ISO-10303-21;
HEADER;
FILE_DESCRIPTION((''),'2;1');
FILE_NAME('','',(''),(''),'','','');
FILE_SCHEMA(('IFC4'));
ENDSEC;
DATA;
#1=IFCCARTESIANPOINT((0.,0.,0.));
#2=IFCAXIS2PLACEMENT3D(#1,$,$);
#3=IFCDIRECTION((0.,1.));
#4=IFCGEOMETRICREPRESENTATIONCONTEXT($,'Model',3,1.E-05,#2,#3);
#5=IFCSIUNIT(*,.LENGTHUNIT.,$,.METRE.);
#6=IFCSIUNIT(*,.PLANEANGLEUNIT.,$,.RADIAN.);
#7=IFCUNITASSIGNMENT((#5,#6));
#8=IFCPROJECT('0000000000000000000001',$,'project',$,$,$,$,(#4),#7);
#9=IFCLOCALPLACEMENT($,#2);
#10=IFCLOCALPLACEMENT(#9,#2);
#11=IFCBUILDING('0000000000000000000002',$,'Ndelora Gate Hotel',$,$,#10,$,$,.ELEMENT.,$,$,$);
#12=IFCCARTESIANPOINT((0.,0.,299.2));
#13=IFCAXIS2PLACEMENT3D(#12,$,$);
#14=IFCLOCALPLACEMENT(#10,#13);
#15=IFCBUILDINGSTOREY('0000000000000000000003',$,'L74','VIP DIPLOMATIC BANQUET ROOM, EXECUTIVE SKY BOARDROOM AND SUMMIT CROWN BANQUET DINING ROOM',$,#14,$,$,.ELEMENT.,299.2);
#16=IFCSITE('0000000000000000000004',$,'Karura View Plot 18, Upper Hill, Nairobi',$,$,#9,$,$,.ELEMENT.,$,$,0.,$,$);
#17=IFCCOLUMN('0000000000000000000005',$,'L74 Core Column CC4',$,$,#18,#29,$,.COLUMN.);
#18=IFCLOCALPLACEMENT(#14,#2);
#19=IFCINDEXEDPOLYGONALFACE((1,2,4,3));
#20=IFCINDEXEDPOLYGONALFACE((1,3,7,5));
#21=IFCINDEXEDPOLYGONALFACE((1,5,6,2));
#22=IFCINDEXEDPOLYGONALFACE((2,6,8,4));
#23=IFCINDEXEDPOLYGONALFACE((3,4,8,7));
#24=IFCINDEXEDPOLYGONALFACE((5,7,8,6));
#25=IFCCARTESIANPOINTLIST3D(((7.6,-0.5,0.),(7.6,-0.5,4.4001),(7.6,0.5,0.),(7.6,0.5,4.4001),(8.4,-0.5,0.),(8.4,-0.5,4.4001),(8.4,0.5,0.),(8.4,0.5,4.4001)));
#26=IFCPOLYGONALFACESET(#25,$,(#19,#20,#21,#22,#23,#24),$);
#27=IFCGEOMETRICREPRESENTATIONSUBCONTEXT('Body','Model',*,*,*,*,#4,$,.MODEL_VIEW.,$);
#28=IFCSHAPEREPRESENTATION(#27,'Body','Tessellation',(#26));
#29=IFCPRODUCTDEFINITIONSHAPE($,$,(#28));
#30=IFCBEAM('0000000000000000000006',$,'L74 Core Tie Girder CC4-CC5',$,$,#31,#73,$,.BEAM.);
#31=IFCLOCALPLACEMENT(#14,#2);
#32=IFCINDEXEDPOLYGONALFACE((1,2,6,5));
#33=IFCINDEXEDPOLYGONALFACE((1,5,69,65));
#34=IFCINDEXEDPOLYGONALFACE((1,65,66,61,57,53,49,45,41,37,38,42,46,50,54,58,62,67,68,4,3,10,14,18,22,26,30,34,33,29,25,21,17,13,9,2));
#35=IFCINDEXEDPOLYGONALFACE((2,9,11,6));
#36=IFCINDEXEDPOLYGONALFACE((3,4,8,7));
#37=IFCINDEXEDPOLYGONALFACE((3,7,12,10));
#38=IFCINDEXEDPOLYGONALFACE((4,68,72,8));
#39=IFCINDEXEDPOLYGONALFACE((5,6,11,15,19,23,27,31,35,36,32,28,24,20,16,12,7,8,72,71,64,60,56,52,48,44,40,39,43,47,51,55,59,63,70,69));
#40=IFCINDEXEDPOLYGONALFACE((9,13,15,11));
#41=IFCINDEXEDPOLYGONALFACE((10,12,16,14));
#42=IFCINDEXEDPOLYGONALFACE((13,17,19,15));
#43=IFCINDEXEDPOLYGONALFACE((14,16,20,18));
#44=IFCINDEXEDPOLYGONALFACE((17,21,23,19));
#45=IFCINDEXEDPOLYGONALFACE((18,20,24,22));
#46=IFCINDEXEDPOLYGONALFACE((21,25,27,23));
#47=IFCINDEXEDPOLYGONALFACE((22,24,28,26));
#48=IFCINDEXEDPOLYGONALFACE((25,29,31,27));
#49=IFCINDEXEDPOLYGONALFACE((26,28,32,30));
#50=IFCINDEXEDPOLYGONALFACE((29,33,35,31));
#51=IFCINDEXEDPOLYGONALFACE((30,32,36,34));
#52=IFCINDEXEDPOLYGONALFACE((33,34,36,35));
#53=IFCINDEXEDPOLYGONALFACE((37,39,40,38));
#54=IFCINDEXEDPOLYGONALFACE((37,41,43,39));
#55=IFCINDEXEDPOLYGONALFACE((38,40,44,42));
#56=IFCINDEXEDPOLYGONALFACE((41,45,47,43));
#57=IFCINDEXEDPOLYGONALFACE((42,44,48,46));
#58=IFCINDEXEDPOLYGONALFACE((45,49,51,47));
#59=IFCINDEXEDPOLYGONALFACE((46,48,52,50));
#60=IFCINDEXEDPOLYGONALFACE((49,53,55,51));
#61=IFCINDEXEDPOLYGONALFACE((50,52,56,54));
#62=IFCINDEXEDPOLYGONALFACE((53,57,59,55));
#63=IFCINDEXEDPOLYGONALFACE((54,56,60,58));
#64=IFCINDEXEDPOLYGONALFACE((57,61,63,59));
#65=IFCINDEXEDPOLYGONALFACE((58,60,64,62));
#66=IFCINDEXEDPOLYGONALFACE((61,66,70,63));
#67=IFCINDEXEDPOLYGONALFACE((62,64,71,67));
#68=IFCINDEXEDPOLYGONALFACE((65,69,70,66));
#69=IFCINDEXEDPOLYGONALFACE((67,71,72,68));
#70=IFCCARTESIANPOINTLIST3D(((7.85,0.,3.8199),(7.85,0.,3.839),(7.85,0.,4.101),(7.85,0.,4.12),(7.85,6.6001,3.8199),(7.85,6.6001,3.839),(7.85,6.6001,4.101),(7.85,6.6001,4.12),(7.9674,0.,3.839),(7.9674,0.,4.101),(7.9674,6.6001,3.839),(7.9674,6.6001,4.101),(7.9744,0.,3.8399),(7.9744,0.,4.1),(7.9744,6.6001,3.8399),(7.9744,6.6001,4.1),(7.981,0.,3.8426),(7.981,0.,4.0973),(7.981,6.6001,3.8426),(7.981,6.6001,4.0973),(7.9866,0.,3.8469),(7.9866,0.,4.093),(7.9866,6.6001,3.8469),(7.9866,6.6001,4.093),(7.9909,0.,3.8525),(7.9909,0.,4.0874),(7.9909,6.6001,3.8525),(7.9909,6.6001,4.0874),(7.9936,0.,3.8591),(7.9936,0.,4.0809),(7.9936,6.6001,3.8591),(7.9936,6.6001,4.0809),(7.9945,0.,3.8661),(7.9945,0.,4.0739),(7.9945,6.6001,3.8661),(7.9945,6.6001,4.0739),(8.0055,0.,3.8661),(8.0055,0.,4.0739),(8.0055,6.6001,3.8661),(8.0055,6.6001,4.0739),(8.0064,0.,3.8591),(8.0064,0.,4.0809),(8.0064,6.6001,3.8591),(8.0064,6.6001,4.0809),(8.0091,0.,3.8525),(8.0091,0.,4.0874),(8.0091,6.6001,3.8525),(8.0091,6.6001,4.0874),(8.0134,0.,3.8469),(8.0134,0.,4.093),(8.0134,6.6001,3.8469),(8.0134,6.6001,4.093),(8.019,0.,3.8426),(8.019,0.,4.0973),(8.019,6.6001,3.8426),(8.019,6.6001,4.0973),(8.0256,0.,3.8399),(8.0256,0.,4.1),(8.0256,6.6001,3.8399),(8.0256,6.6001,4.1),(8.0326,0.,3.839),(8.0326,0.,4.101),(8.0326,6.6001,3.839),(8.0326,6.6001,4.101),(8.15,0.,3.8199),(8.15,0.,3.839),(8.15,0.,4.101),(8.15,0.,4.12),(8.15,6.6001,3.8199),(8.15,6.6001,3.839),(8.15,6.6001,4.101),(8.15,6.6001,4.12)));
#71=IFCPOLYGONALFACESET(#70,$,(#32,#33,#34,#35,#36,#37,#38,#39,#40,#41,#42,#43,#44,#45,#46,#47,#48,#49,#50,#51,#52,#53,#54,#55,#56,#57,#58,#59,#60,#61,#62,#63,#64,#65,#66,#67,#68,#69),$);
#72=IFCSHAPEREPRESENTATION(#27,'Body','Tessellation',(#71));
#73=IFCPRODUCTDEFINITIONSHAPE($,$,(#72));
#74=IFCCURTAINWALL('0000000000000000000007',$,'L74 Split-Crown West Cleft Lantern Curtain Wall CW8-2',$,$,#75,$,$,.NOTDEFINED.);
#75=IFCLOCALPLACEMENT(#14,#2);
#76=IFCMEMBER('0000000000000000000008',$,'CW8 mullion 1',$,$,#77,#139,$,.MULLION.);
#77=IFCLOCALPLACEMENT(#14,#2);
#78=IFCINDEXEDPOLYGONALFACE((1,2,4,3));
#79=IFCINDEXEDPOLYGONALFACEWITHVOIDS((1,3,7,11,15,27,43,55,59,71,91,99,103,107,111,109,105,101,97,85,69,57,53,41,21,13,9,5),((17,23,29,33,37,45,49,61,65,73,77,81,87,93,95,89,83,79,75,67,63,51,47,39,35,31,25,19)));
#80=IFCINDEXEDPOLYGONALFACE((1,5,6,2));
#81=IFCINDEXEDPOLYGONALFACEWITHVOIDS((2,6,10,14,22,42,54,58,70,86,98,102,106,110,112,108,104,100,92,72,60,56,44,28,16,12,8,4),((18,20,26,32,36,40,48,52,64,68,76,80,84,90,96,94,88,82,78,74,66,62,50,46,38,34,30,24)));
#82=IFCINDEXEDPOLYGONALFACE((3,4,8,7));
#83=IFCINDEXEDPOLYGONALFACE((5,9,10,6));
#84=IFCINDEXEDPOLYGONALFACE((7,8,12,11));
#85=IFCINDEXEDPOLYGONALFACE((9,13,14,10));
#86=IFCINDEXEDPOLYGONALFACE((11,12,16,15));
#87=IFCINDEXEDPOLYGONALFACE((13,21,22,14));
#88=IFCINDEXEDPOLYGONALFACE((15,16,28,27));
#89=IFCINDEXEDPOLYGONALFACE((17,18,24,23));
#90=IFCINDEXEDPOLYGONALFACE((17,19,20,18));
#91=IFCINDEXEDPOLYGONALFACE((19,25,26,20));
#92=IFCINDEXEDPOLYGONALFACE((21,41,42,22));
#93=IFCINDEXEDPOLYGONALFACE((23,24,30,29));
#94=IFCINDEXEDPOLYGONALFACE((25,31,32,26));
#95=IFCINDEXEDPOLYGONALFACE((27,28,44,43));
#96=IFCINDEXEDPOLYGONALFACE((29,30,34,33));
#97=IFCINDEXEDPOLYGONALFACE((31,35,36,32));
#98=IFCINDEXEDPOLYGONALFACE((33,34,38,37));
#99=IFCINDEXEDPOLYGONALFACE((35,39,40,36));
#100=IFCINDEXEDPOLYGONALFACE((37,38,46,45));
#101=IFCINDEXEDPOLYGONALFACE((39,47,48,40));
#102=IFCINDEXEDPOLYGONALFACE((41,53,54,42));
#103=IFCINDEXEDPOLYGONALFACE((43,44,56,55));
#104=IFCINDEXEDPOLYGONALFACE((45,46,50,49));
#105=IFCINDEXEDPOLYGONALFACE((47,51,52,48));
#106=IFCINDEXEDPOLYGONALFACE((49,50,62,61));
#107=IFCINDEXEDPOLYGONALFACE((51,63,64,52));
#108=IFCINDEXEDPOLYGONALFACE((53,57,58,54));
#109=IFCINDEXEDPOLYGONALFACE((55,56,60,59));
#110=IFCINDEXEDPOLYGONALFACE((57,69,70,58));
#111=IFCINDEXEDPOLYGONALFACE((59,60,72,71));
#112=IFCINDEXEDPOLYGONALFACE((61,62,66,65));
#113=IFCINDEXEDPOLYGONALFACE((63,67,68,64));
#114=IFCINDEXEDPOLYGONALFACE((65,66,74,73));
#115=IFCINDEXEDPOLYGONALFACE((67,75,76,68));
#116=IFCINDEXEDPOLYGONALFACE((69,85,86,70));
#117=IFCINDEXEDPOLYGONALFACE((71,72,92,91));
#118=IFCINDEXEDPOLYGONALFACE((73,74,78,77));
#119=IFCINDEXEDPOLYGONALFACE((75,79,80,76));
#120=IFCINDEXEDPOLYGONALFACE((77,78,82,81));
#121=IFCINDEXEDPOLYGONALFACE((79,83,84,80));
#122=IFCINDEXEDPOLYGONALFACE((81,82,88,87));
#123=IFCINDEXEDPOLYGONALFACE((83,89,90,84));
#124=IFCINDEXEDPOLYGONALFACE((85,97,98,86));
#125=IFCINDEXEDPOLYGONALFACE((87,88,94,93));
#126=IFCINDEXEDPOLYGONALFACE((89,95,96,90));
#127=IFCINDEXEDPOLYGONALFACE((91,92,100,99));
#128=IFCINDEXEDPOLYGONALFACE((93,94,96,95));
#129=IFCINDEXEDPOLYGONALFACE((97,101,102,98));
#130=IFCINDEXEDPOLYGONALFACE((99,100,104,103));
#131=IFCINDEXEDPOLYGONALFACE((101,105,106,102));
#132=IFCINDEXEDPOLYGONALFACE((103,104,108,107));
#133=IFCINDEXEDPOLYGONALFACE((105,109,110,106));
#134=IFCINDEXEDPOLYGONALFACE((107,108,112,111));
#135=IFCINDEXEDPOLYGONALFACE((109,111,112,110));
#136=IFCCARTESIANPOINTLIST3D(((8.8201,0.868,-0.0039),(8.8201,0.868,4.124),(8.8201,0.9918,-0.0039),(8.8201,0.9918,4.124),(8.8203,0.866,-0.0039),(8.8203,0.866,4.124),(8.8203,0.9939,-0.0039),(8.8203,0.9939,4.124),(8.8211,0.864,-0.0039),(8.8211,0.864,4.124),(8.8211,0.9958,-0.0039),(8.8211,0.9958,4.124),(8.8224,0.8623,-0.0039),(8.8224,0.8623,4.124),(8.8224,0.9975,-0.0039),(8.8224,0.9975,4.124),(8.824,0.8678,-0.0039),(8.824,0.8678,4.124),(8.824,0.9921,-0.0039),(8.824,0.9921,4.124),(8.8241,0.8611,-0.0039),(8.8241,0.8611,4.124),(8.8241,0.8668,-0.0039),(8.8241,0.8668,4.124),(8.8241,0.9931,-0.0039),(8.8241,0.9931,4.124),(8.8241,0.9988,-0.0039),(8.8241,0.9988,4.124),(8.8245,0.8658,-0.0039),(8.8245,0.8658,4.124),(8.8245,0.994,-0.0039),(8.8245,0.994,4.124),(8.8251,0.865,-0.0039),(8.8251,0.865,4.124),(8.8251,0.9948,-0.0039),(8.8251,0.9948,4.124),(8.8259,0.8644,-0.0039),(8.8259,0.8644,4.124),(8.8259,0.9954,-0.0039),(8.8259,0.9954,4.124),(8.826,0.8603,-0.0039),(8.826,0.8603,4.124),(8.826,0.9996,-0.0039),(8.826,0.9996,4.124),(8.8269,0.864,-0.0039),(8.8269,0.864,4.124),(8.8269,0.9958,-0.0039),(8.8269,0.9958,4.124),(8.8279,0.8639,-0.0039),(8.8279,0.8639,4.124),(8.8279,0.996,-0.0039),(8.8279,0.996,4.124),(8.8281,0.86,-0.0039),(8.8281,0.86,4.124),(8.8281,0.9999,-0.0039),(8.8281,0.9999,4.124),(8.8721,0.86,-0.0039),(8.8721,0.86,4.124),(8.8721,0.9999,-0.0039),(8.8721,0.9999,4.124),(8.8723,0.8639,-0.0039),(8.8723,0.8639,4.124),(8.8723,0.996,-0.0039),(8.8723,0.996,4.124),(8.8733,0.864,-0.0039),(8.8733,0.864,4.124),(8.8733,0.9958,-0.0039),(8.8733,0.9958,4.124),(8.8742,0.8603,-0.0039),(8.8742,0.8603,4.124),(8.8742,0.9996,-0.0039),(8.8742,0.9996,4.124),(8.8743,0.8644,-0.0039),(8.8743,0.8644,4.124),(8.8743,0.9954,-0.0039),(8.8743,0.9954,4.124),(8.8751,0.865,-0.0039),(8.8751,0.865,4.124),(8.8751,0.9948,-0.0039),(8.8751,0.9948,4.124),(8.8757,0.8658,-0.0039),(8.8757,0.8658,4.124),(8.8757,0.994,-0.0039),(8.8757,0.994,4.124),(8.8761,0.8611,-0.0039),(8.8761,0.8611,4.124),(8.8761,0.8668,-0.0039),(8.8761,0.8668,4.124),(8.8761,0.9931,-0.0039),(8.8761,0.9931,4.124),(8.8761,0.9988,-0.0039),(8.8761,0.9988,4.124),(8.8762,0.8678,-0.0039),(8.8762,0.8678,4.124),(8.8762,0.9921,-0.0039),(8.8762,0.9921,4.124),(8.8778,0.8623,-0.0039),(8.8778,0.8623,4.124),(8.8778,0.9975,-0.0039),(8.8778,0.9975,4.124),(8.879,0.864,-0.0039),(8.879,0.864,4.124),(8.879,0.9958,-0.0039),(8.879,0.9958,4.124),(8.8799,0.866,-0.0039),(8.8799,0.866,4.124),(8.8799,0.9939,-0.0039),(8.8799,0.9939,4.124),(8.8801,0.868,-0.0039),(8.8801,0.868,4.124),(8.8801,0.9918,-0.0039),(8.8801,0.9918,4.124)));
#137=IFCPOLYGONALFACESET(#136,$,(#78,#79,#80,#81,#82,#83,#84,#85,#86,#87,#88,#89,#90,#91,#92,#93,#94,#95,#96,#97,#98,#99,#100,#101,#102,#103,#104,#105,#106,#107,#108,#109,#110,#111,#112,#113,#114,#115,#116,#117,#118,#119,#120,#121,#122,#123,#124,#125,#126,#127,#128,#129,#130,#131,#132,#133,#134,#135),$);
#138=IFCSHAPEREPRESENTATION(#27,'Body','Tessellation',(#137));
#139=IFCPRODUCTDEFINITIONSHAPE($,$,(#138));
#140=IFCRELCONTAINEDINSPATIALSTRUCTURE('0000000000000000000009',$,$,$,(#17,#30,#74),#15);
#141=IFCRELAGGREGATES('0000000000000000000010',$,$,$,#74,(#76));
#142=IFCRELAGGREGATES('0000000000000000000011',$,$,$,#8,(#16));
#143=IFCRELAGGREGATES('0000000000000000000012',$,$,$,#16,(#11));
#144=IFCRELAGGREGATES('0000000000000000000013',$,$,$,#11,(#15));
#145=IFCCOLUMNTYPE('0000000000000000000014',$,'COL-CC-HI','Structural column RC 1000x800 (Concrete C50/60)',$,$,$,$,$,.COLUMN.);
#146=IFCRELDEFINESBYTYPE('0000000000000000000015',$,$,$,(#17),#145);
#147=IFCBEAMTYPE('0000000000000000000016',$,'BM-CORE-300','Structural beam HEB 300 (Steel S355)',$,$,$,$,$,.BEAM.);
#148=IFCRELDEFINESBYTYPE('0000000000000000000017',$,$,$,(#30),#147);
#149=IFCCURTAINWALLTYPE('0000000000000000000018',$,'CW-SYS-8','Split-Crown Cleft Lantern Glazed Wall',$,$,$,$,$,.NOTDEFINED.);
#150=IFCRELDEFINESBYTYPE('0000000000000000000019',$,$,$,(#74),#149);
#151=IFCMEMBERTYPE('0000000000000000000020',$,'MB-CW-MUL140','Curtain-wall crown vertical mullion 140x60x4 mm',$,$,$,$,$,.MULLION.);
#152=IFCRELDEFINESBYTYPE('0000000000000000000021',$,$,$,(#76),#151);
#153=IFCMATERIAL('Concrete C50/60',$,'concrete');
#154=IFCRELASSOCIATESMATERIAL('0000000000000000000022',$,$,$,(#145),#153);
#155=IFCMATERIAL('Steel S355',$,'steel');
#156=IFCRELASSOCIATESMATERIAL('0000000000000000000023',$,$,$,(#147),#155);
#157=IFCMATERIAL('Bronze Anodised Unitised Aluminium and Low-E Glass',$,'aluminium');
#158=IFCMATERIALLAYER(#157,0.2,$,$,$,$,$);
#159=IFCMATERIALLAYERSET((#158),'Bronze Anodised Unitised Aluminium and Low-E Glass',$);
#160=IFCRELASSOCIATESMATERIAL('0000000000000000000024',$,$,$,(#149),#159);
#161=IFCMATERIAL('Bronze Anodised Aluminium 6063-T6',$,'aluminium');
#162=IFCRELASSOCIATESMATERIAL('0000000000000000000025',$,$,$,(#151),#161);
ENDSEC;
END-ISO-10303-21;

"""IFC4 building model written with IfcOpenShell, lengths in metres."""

from ifc_helpers import new_model, si_unit, direction, frame, origin, origin_2d, place, context, subcontext, project, spatial, rectangle, hollow_rectangle, i_section, extrude, material, layer, layer_set, material_profile, profile_set, type_object, element, aggregate, save


model = new_model("IFC4")

# Units and contexts
model_context = context("Model", 3, precision=1e-05, world=origin(), true_north=direction((0.0, 1.0)))
body_context = subcontext(model_context, "Body", "Model", "MODEL_VIEW")
ifc_project = project(units=[si_unit("LENGTHUNIT", "METRE"), si_unit("PLANEANGLEUNIT", "RADIAN")], contexts=[model_context])

# Site, building, storey
site_placement = place(None, origin())
site = spatial("IfcSite", under=ifc_project, at=site_placement, Name="Karura View Plot 18, Upper Hill, Nairobi", CompositionType="ELEMENT", RefElevation=0.0)
building_placement = place(site_placement, origin())
building = spatial("IfcBuilding", under=site, at=building_placement, Name="Ndelora Gate Hotel", CompositionType="ELEMENT")
storey_placement = place(building_placement, frame((0.0, 0.0, 299.2)))
storey = spatial("IfcBuildingStorey", under=building, at=storey_placement, Name="L74", Description="VIP DIPLOMATIC BANQUET ROOM, EXECUTIVE SKY BOARDROOM AND SUMMIT CROWN BANQUET DINING ROOM", CompositionType="ELEMENT", Elevation=299.2)

# Column
ifc_material_1 = material(Name="Concrete C50/60", Category="concrete")
ifc_material_profile_1 = material_profile(ifc_material_1, rectangle(XDim=0.8, YDim=1.0, at=origin_2d()), Name="RC 1000x800")
ifc_profile_set_1 = profile_set([ifc_material_profile_1], Name="Concrete C50/60")
column_type = type_object("IfcColumnType", Name="COL-CC-HI", Description="Structural column RC 1000x800 (Concrete C50/60)", PredefinedType="COLUMN", material=ifc_profile_set_1)
column_placement = place(storey_placement, frame((8.0, 0.0, 0.0), z_axis=(0.0, 0.0, 1.0), x_axis=(1.0, 0.0, 0.0)))
element("IfcColumn", 1, at=column_placement, inside=storey, type_object=column_type, Name="L74 Core Column CC4", PredefinedType="COLUMN", context=body_context, shape_type="SweptSolid", body=[
    extrude(rectangle(XDim=0.8, YDim=1.0, at=origin_2d()), origin(), (0.0, 0.0, 1.0), 4.4001),
])

# Beam
ifc_material_2 = material(Name="Steel S355", Category="steel")
ifc_material_profile_2 = material_profile(ifc_material_2, i_section(OverallWidth=0.3, OverallDepth=0.3, WebThickness=0.011, FlangeThickness=0.019, FilletRadius=0.0271, at=origin_2d()), Name="HEB 300")
ifc_profile_set_2 = profile_set([ifc_material_profile_2], Name="Steel S355")
beam_type = type_object("IfcBeamType", Name="BM-CORE-300", Description="Structural beam HEB 300 (Steel S355)", PredefinedType="BEAM", material=ifc_profile_set_2)
beam_placement = place(storey_placement, frame((8.0, 0.0, 3.97), z_axis=(0.0, 1.0, 0.0), x_axis=(-1.0, 0.0, 0.0)))
element("IfcBeam", 2, at=beam_placement, inside=storey, type_object=beam_type, Name="L74 Core Tie Girder CC4-CC5", PredefinedType="BEAM", context=body_context, shape_type="SweptSolid", body=[
    extrude(i_section(OverallWidth=0.3, OverallDepth=0.3, WebThickness=0.011, FlangeThickness=0.019, FilletRadius=0.0271, at=origin_2d()), origin(), (0.0, 0.0, 1.0), 6.6001),
])

# Curtain wall, member
ifc_material_3 = material(Name="Bronze Anodised Unitised Aluminium and Low-E Glass", Category="aluminium")
ifc_layer_1 = layer(ifc_material_3, 0.2)
ifc_layer_set_1 = layer_set([ifc_layer_1], Name="Bronze Anodised Unitised Aluminium and Low-E Glass")
curtain_wall_type = type_object("IfcCurtainWallType", Name="CW-SYS-8", Description="Split-Crown Cleft Lantern Glazed Wall", PredefinedType="NOTDEFINED", material=ifc_layer_set_1)
curtain_wall_placement = place(storey_placement, origin())
curtain_wall = element("IfcCurtainWall", 3, at=curtain_wall_placement, inside=storey, type_object=curtain_wall_type, Name="L74 Split-Crown West Cleft Lantern Curtain Wall CW8-2", PredefinedType="NOTDEFINED")
ifc_material_4 = material(Name="Bronze Anodised Aluminium 6063-T6", Category="aluminium")
ifc_material_profile_3 = material_profile(ifc_material_4, hollow_rectangle(XDim=0.0601, YDim=0.1399, WallThickness=0.0039, InnerFilletRadius=0.0039, OuterFilletRadius=0.0081, at=origin_2d()), Name="ALU 140x60x4")
ifc_profile_set_3 = profile_set([ifc_material_profile_3], Name="Bronze Anodised Aluminium 6063-T6")
member_type_1 = type_object("IfcMemberType", Name="MB-CW-MUL140", Description="Curtain-wall crown vertical mullion 140x60x4 mm", PredefinedType="MULLION", material=ifc_profile_set_3)
member_1_placement = place(storey_placement, frame((8.8501, 0.9299, -0.0039), z_axis=(0.0, 0.0, 1.0), x_axis=(-1.0, 0.0, 0.0)))
member_1 = element("IfcMember", 4, at=member_1_placement, type_object=member_type_1, Name="CW8 mullion 1", PredefinedType="MULLION", context=body_context, shape_type="SweptSolid", body=[
    extrude(hollow_rectangle(XDim=0.0601, YDim=0.1399, WallThickness=0.0039, InnerFilletRadius=0.0039, OuterFilletRadius=0.0081, at=origin_2d()), origin(), (0.0, 0.0, 1.0), 4.1279),
])
aggregate(curtain_wall, [member_1])

save(model, "model.ifc")
